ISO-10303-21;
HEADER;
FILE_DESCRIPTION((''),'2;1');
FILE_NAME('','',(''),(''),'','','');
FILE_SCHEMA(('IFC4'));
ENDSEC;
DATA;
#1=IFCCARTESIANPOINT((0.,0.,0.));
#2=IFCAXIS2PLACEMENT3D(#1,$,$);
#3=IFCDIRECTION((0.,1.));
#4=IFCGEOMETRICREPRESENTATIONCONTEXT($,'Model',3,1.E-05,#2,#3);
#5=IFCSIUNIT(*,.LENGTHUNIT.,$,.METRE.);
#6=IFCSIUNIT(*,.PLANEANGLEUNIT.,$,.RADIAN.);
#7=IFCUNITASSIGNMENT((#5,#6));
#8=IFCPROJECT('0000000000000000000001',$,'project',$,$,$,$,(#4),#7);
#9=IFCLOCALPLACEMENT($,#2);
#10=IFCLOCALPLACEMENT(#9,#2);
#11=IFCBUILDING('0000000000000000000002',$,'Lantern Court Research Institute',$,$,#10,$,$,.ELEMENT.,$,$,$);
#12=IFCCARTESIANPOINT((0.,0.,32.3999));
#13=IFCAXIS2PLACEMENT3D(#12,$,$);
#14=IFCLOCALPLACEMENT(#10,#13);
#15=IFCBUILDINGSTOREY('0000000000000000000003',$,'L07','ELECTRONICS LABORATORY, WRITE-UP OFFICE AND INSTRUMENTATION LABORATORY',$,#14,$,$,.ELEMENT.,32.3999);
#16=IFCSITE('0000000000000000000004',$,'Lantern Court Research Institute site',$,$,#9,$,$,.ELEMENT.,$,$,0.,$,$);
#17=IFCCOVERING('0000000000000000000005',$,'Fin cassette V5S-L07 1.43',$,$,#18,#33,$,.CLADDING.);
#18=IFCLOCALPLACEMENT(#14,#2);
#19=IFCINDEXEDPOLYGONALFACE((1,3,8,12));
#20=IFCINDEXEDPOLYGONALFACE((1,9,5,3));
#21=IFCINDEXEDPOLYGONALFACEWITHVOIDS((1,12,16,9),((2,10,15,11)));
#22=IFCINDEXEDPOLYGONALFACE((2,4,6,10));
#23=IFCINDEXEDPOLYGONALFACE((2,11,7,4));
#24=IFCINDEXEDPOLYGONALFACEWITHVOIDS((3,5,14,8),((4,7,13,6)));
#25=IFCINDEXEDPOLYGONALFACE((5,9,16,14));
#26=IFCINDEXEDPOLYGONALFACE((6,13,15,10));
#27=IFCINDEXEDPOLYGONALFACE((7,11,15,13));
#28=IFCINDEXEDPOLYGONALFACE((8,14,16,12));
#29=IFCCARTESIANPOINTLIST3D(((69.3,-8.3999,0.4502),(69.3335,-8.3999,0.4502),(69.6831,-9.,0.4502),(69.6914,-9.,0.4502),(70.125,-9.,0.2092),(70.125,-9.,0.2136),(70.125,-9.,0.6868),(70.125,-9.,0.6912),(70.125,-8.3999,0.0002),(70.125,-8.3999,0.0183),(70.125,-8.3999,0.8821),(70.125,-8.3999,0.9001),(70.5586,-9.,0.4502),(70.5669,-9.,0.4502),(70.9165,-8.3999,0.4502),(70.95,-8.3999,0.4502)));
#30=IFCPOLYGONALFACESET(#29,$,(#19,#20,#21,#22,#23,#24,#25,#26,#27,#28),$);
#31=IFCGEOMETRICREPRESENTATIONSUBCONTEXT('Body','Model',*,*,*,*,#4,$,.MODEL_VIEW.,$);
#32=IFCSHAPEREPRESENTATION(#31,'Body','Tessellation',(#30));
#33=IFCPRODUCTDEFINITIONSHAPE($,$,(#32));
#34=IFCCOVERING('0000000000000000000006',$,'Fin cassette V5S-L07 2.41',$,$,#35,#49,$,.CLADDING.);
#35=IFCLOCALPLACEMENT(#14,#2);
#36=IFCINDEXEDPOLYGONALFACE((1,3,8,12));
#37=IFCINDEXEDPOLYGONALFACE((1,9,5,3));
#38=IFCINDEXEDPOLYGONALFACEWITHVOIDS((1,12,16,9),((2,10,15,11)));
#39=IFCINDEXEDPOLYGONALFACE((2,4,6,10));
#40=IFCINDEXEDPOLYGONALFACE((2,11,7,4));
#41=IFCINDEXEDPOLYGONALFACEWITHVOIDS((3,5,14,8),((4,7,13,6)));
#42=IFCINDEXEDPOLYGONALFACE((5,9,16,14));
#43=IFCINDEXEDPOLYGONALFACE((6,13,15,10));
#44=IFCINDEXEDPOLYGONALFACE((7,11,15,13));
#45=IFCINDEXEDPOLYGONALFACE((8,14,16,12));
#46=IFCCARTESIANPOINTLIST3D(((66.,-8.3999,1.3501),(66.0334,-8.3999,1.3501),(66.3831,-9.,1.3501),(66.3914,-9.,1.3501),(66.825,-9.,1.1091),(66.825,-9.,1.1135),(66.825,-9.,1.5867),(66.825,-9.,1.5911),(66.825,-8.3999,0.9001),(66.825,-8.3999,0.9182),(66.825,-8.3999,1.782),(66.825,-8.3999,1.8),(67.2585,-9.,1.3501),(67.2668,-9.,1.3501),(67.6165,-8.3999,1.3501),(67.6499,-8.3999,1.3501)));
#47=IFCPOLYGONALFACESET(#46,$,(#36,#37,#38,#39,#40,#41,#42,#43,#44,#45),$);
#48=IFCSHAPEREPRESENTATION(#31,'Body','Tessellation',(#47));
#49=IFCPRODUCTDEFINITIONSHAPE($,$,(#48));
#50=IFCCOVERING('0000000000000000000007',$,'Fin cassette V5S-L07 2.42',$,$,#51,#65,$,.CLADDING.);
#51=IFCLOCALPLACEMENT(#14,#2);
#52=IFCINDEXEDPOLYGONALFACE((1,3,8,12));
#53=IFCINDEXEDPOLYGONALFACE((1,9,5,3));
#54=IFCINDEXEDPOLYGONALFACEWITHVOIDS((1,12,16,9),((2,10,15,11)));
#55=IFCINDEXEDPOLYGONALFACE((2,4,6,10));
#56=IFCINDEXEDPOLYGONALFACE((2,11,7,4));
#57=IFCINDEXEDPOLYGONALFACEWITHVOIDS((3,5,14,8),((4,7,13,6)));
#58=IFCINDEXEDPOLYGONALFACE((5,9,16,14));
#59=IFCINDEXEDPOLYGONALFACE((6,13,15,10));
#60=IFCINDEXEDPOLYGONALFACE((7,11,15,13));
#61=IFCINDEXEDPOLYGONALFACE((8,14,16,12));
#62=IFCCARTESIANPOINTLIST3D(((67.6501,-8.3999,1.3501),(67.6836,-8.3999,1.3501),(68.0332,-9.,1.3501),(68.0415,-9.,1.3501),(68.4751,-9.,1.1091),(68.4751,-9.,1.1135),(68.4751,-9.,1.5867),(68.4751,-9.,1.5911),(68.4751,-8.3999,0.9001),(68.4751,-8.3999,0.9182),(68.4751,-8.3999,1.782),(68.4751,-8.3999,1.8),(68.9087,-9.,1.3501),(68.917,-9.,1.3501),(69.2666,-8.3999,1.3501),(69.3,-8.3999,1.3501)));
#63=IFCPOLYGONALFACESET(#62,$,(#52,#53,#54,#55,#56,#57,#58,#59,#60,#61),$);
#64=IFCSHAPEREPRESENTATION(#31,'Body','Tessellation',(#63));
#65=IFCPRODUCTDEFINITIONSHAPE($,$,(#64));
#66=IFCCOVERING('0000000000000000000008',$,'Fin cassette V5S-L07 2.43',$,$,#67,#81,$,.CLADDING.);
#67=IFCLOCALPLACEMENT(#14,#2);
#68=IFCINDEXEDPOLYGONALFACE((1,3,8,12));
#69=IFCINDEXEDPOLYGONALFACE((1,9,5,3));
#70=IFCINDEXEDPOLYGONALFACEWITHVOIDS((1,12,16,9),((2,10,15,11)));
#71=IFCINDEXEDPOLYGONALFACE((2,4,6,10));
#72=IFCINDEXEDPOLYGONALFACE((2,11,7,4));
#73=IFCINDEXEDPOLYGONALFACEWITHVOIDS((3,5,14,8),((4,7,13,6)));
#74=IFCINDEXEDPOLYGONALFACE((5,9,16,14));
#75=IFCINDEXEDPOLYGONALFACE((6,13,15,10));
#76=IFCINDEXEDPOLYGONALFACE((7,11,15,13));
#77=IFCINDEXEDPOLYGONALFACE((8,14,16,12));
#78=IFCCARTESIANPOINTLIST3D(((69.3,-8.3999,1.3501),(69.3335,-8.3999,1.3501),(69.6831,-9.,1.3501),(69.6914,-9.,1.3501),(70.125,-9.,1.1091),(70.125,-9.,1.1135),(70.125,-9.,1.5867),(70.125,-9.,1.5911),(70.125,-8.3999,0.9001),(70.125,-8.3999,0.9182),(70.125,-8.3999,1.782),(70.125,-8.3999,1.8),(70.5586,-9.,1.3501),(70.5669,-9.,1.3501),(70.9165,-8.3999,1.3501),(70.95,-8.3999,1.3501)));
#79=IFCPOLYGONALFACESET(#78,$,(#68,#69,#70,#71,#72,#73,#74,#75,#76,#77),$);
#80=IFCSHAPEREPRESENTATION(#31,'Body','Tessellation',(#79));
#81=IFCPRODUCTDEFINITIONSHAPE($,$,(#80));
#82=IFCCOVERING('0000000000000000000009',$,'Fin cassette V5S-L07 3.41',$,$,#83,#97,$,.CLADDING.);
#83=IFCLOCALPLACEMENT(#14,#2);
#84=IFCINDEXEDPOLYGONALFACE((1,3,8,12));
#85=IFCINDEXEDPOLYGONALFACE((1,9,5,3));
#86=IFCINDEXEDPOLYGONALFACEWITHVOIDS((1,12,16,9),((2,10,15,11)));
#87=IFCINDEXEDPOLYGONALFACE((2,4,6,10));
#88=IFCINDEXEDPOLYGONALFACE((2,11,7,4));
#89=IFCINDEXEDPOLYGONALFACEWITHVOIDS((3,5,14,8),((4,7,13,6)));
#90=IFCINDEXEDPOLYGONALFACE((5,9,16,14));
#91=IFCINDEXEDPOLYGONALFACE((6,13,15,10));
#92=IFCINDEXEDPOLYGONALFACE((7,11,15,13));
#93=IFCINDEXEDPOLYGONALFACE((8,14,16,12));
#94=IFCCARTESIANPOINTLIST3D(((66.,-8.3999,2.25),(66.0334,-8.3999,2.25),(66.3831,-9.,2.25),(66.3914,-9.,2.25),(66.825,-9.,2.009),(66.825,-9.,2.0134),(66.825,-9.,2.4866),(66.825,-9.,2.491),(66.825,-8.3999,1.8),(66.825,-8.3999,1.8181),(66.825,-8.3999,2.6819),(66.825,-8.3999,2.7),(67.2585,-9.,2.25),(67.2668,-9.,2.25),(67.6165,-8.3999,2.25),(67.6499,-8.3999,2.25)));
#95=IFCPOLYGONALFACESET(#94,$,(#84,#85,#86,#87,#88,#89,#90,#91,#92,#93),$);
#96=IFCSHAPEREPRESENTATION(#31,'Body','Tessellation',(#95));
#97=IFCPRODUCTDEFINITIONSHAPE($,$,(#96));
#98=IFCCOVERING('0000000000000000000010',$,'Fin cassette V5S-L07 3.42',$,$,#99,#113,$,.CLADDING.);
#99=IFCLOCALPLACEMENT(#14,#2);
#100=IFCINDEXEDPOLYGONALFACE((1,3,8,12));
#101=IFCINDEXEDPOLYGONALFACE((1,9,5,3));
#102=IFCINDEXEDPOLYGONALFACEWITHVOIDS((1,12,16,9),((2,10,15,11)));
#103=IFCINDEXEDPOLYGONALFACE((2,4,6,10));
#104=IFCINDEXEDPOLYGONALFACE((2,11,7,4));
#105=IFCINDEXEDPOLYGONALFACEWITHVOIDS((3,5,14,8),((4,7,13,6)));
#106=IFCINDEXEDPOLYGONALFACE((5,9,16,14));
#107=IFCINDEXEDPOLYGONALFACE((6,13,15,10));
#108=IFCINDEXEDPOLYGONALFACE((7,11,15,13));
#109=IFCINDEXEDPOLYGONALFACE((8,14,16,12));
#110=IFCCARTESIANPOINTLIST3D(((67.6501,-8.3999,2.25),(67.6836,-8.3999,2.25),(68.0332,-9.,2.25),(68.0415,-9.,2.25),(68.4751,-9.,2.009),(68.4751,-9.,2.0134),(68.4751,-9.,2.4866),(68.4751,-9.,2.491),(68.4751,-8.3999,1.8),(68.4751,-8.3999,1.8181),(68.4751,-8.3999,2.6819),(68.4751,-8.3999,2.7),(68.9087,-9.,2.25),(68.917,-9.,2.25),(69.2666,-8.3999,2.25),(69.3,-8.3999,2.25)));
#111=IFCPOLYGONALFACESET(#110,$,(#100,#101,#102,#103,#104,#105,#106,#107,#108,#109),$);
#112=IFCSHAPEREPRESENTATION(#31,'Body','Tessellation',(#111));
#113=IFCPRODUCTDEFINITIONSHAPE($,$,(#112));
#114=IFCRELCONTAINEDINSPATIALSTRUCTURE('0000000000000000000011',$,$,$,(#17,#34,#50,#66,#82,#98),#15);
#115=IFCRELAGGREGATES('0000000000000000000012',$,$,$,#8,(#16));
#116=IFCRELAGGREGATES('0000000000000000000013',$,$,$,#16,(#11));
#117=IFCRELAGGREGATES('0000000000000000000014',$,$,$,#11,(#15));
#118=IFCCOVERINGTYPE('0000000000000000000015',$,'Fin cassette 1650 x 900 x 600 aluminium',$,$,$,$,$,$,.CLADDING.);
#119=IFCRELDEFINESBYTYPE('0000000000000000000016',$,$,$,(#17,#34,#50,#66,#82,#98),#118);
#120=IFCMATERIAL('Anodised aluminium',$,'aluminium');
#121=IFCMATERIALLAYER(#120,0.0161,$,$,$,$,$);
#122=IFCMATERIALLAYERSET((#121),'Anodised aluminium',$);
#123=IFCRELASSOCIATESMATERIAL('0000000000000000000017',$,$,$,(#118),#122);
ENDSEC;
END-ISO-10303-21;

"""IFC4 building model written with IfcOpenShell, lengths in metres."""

from ifc_helpers import new_model, entity, si_unit, direction, frame, origin, place, context, subcontext, project, spatial, material, layer, layer_set, type_object, element, save


model = new_model("IFC4")

# Units and contexts
model_context = context("Model", 3, precision=1e-05, world=origin(), true_north=direction((0.0, 1.0)))
body_context = subcontext(model_context, "Body", "Model", "MODEL_VIEW")
ifc_project = project(units=[si_unit("LENGTHUNIT", "METRE"), si_unit("PLANEANGLEUNIT", "RADIAN")], contexts=[model_context])

# Site, building, storey
site_placement = place(None, origin())
site = spatial("IfcSite", under=ifc_project, at=site_placement, Name="Lantern Court Research Institute site", CompositionType="ELEMENT", RefElevation=0.0)
building_placement = place(site_placement, origin())
building = spatial("IfcBuilding", under=site, at=building_placement, Name="Lantern Court Research Institute", CompositionType="ELEMENT")
storey_placement = place(building_placement, frame((0.0, 0.0, 32.3999)))
storey = spatial("IfcBuildingStorey", under=building, at=storey_placement, Name="L07", Description="ELECTRONICS LABORATORY, WRITE-UP OFFICE AND INSTRUMENTATION LABORATORY", CompositionType="ELEMENT", Elevation=32.3999)

# Coverings
ifc_material_1 = material(Name="Anodised aluminium", Category="aluminium")
ifc_layer_1 = layer(ifc_material_1, 0.0161)
ifc_layer_set_1 = layer_set([ifc_layer_1], Name="Anodised aluminium")
covering_type = type_object("IfcCoveringType", Name="Fin cassette 1650 x 900 x 600 aluminium", PredefinedType="CLADDING", material=ifc_layer_set_1)
covering_1_placement = place(storey_placement, frame((70.125, -8.3999, 0.4502), z_axis=(0.0, -1.0, 0.0), x_axis=(1.0, 0.0, 0.0)))
cartesian_point_1 = entity("IfcCartesianPoint", [0.825, 0.0])
cartesian_point_2 = entity("IfcCartesianPoint", [0.7915, 0.0])
cartesian_point_3 = entity("IfcCartesianPoint", [0.4419, 0.0])
cartesian_point_4 = entity("IfcCartesianPoint", [0.4336, 0.0])
element("IfcCovering", 1, at=covering_1_placement, inside=storey, type_object=covering_type, Name="Fin cassette V5S-L07 1.43", PredefinedType="CLADDING", context=body_context, shape_type="SweptSolid", body=[
    entity("IfcExtrudedAreaSolidTapered", entity("IfcArbitraryProfileDefWithVoids", "AREA", None, entity("IfcPolyline", [cartesian_point_1, entity("IfcCartesianPoint", [0.0, 0.45]), entity("IfcCartesianPoint", [-0.825, 0.0]), entity("IfcCartesianPoint", [0.0, -0.45]), cartesian_point_1]), [entity("IfcPolyline", [cartesian_point_2, entity("IfcCartesianPoint", [0.0, 0.4319]), entity("IfcCartesianPoint", [-0.7915, 0.0]), entity("IfcCartesianPoint", [0.0, -0.4319]), cartesian_point_2])]), entity("IfcAxis2Placement3D", entity("IfcCartesianPoint", [0.0, 0.0, 0.0])), entity("IfcDirection", [0.0, 0.0, 1.0]), 0.6001, entity("IfcArbitraryProfileDefWithVoids", "AREA", None, entity("IfcPolyline", [cartesian_point_3, entity("IfcCartesianPoint", [0.0, 0.241]), entity("IfcCartesianPoint", [-0.4419, 0.0]), entity("IfcCartesianPoint", [0.0, -0.241]), cartesian_point_3]), [entity("IfcPolyline", [cartesian_point_4, entity("IfcCartesianPoint", [0.0, 0.2366]), entity("IfcCartesianPoint", [-0.4336, 0.0]), entity("IfcCartesianPoint", [0.0, -0.2366]), cartesian_point_4])])),
])
covering_2_placement = place(storey_placement, frame((66.825, -8.3999, 1.3501), z_axis=(0.0, -1.0, 0.0), x_axis=(1.0, 0.0, 0.0)))
cartesian_point_5 = entity("IfcCartesianPoint", [0.825, 0.0])
cartesian_point_6 = entity("IfcCartesianPoint", [0.7915, 0.0])
cartesian_point_7 = entity("IfcCartesianPoint", [0.4419, 0.0])
cartesian_point_8 = entity("IfcCartesianPoint", [0.4336, 0.0])
element("IfcCovering", 2, at=covering_2_placement, inside=storey, type_object=covering_type, Name="Fin cassette V5S-L07 2.41", PredefinedType="CLADDING", context=body_context, shape_type="SweptSolid", body=[
    entity("IfcExtrudedAreaSolidTapered", entity("IfcArbitraryProfileDefWithVoids", "AREA", None, entity("IfcPolyline", [cartesian_point_5, entity("IfcCartesianPoint", [0.0, 0.45]), entity("IfcCartesianPoint", [-0.825, 0.0]), entity("IfcCartesianPoint", [0.0, -0.45]), cartesian_point_5]), [entity("IfcPolyline", [cartesian_point_6, entity("IfcCartesianPoint", [0.0, 0.4319]), entity("IfcCartesianPoint", [-0.7915, 0.0]), entity("IfcCartesianPoint", [0.0, -0.4319]), cartesian_point_6])]), entity("IfcAxis2Placement3D", entity("IfcCartesianPoint", [0.0, 0.0, 0.0])), entity("IfcDirection", [0.0, 0.0, 1.0]), 0.6001, entity("IfcArbitraryProfileDefWithVoids", "AREA", None, entity("IfcPolyline", [cartesian_point_7, entity("IfcCartesianPoint", [0.0, 0.241]), entity("IfcCartesianPoint", [-0.4419, 0.0]), entity("IfcCartesianPoint", [0.0, -0.241]), cartesian_point_7]), [entity("IfcPolyline", [cartesian_point_8, entity("IfcCartesianPoint", [0.0, 0.2366]), entity("IfcCartesianPoint", [-0.4336, 0.0]), entity("IfcCartesianPoint", [0.0, -0.2366]), cartesian_point_8])])),
])
covering_3_placement = place(storey_placement, frame((68.4751, -8.3999, 1.3501), z_axis=(0.0, -1.0, 0.0), x_axis=(1.0, 0.0, 0.0)))
cartesian_point_9 = entity("IfcCartesianPoint", [0.825, 0.0])
cartesian_point_10 = entity("IfcCartesianPoint", [0.7915, 0.0])
cartesian_point_11 = entity("IfcCartesianPoint", [0.4419, 0.0])
cartesian_point_12 = entity("IfcCartesianPoint", [0.4336, 0.0])
element("IfcCovering", 3, at=covering_3_placement, inside=storey, type_object=covering_type, Name="Fin cassette V5S-L07 2.42", PredefinedType="CLADDING", context=body_context, shape_type="SweptSolid", body=[
    entity("IfcExtrudedAreaSolidTapered", entity("IfcArbitraryProfileDefWithVoids", "AREA", None, entity("IfcPolyline", [cartesian_point_9, entity("IfcCartesianPoint", [0.0, 0.45]), entity("IfcCartesianPoint", [-0.825, 0.0]), entity("IfcCartesianPoint", [0.0, -0.45]), cartesian_point_9]), [entity("IfcPolyline", [cartesian_point_10, entity("IfcCartesianPoint", [0.0, 0.4319]), entity("IfcCartesianPoint", [-0.7915, 0.0]), entity("IfcCartesianPoint", [0.0, -0.4319]), cartesian_point_10])]), entity("IfcAxis2Placement3D", entity("IfcCartesianPoint", [0.0, 0.0, 0.0])), entity("IfcDirection", [0.0, 0.0, 1.0]), 0.6001, entity("IfcArbitraryProfileDefWithVoids", "AREA", None, entity("IfcPolyline", [cartesian_point_11, entity("IfcCartesianPoint", [0.0, 0.241]), entity("IfcCartesianPoint", [-0.4419, 0.0]), entity("IfcCartesianPoint", [0.0, -0.241]), cartesian_point_11]), [entity("IfcPolyline", [cartesian_point_12, entity("IfcCartesianPoint", [0.0, 0.2366]), entity("IfcCartesianPoint", [-0.4336, 0.0]), entity("IfcCartesianPoint", [0.0, -0.2366]), cartesian_point_12])])),
])
covering_4_placement = place(storey_placement, frame((70.125, -8.3999, 1.3501), z_axis=(0.0, -1.0, 0.0), x_axis=(1.0, 0.0, 0.0)))
cartesian_point_13 = entity("IfcCartesianPoint", [0.825, 0.0])
cartesian_point_14 = entity("IfcCartesianPoint", [0.7915, 0.0])
cartesian_point_15 = entity("IfcCartesianPoint", [0.4419, 0.0])
cartesian_point_16 = entity("IfcCartesianPoint", [0.4336, 0.0])
element("IfcCovering", 4, at=covering_4_placement, inside=storey, type_object=covering_type, Name="Fin cassette V5S-L07 2.43", PredefinedType="CLADDING", context=body_context, shape_type="SweptSolid", body=[
    entity("IfcExtrudedAreaSolidTapered", entity("IfcArbitraryProfileDefWithVoids", "AREA", None, entity("IfcPolyline", [cartesian_point_13, entity("IfcCartesianPoint", [0.0, 0.45]), entity("IfcCartesianPoint", [-0.825, 0.0]), entity("IfcCartesianPoint", [0.0, -0.45]), cartesian_point_13]), [entity("IfcPolyline", [cartesian_point_14, entity("IfcCartesianPoint", [0.0, 0.4319]), entity("IfcCartesianPoint", [-0.7915, 0.0]), entity("IfcCartesianPoint", [0.0, -0.4319]), cartesian_point_14])]), entity("IfcAxis2Placement3D", entity("IfcCartesianPoint", [0.0, 0.0, 0.0])), entity("IfcDirection", [0.0, 0.0, 1.0]), 0.6001, entity("IfcArbitraryProfileDefWithVoids", "AREA", None, entity("IfcPolyline", [cartesian_point_15, entity("IfcCartesianPoint", [0.0, 0.241]), entity("IfcCartesianPoint", [-0.4419, 0.0]), entity("IfcCartesianPoint", [0.0, -0.241]), cartesian_point_15]), [entity("IfcPolyline", [cartesian_point_16, entity("IfcCartesianPoint", [0.0, 0.2366]), entity("IfcCartesianPoint", [-0.4336, 0.0]), entity("IfcCartesianPoint", [0.0, -0.2366]), cartesian_point_16])])),
])
covering_5_placement = place(storey_placement, frame((66.825, -8.3999, 2.25), z_axis=(0.0, -1.0, 0.0), x_axis=(1.0, 0.0, 0.0)))
cartesian_point_17 = entity("IfcCartesianPoint", [0.825, 0.0])
cartesian_point_18 = entity("IfcCartesianPoint", [0.7915, 0.0])
cartesian_point_19 = entity("IfcCartesianPoint", [0.4419, 0.0])
cartesian_point_20 = entity("IfcCartesianPoint", [0.4336, 0.0])
element("IfcCovering", 5, at=covering_5_placement, inside=storey, type_object=covering_type, Name="Fin cassette V5S-L07 3.41", PredefinedType="CLADDING", context=body_context, shape_type="SweptSolid", body=[
    entity("IfcExtrudedAreaSolidTapered", entity("IfcArbitraryProfileDefWithVoids", "AREA", None, entity("IfcPolyline", [cartesian_point_17, entity("IfcCartesianPoint", [0.0, 0.45]), entity("IfcCartesianPoint", [-0.825, 0.0]), entity("IfcCartesianPoint", [0.0, -0.45]), cartesian_point_17]), [entity("IfcPolyline", [cartesian_point_18, entity("IfcCartesianPoint", [0.0, 0.4319]), entity("IfcCartesianPoint", [-0.7915, 0.0]), entity("IfcCartesianPoint", [0.0, -0.4319]), cartesian_point_18])]), entity("IfcAxis2Placement3D", entity("IfcCartesianPoint", [0.0, 0.0, 0.0])), entity("IfcDirection", [0.0, 0.0, 1.0]), 0.6001, entity("IfcArbitraryProfileDefWithVoids", "AREA", None, entity("IfcPolyline", [cartesian_point_19, entity("IfcCartesianPoint", [0.0, 0.241]), entity("IfcCartesianPoint", [-0.4419, 0.0]), entity("IfcCartesianPoint", [0.0, -0.241]), cartesian_point_19]), [entity("IfcPolyline", [cartesian_point_20, entity("IfcCartesianPoint", [0.0, 0.2366]), entity("IfcCartesianPoint", [-0.4336, 0.0]), entity("IfcCartesianPoint", [0.0, -0.2366]), cartesian_point_20])])),
])
covering_6_placement = place(storey_placement, frame((68.4751, -8.3999, 2.25), z_axis=(0.0, -1.0, 0.0), x_axis=(1.0, 0.0, 0.0)))
cartesian_point_21 = entity("IfcCartesianPoint", [0.825, 0.0])
cartesian_point_22 = entity("IfcCartesianPoint", [0.7915, 0.0])
cartesian_point_23 = entity("IfcCartesianPoint", [0.4419, 0.0])
cartesian_point_24 = entity("IfcCartesianPoint", [0.4336, 0.0])
element("IfcCovering", 6, at=covering_6_placement, inside=storey, type_object=covering_type, Name="Fin cassette V5S-L07 3.42", PredefinedType="CLADDING", context=body_context, shape_type="SweptSolid", body=[
    entity("IfcExtrudedAreaSolidTapered", entity("IfcArbitraryProfileDefWithVoids", "AREA", None, entity("IfcPolyline", [cartesian_point_21, entity("IfcCartesianPoint", [0.0, 0.45]), entity("IfcCartesianPoint", [-0.825, 0.0]), entity("IfcCartesianPoint", [0.0, -0.45]), cartesian_point_21]), [entity("IfcPolyline", [cartesian_point_22, entity("IfcCartesianPoint", [0.0, 0.4319]), entity("IfcCartesianPoint", [-0.7915, 0.0]), entity("IfcCartesianPoint", [0.0, -0.4319]), cartesian_point_22])]), entity("IfcAxis2Placement3D", entity("IfcCartesianPoint", [0.0, 0.0, 0.0])), entity("IfcDirection", [0.0, 0.0, 1.0]), 0.6001, entity("IfcArbitraryProfileDefWithVoids", "AREA", None, entity("IfcPolyline", [cartesian_point_23, entity("IfcCartesianPoint", [0.0, 0.241]), entity("IfcCartesianPoint", [-0.4419, 0.0]), entity("IfcCartesianPoint", [0.0, -0.241]), cartesian_point_23]), [entity("IfcPolyline", [cartesian_point_24, entity("IfcCartesianPoint", [0.0, 0.2366]), entity("IfcCartesianPoint", [-0.4336, 0.0]), entity("IfcCartesianPoint", [0.0, -0.2366]), cartesian_point_24])])),
])

save(model, "model.ifc")
